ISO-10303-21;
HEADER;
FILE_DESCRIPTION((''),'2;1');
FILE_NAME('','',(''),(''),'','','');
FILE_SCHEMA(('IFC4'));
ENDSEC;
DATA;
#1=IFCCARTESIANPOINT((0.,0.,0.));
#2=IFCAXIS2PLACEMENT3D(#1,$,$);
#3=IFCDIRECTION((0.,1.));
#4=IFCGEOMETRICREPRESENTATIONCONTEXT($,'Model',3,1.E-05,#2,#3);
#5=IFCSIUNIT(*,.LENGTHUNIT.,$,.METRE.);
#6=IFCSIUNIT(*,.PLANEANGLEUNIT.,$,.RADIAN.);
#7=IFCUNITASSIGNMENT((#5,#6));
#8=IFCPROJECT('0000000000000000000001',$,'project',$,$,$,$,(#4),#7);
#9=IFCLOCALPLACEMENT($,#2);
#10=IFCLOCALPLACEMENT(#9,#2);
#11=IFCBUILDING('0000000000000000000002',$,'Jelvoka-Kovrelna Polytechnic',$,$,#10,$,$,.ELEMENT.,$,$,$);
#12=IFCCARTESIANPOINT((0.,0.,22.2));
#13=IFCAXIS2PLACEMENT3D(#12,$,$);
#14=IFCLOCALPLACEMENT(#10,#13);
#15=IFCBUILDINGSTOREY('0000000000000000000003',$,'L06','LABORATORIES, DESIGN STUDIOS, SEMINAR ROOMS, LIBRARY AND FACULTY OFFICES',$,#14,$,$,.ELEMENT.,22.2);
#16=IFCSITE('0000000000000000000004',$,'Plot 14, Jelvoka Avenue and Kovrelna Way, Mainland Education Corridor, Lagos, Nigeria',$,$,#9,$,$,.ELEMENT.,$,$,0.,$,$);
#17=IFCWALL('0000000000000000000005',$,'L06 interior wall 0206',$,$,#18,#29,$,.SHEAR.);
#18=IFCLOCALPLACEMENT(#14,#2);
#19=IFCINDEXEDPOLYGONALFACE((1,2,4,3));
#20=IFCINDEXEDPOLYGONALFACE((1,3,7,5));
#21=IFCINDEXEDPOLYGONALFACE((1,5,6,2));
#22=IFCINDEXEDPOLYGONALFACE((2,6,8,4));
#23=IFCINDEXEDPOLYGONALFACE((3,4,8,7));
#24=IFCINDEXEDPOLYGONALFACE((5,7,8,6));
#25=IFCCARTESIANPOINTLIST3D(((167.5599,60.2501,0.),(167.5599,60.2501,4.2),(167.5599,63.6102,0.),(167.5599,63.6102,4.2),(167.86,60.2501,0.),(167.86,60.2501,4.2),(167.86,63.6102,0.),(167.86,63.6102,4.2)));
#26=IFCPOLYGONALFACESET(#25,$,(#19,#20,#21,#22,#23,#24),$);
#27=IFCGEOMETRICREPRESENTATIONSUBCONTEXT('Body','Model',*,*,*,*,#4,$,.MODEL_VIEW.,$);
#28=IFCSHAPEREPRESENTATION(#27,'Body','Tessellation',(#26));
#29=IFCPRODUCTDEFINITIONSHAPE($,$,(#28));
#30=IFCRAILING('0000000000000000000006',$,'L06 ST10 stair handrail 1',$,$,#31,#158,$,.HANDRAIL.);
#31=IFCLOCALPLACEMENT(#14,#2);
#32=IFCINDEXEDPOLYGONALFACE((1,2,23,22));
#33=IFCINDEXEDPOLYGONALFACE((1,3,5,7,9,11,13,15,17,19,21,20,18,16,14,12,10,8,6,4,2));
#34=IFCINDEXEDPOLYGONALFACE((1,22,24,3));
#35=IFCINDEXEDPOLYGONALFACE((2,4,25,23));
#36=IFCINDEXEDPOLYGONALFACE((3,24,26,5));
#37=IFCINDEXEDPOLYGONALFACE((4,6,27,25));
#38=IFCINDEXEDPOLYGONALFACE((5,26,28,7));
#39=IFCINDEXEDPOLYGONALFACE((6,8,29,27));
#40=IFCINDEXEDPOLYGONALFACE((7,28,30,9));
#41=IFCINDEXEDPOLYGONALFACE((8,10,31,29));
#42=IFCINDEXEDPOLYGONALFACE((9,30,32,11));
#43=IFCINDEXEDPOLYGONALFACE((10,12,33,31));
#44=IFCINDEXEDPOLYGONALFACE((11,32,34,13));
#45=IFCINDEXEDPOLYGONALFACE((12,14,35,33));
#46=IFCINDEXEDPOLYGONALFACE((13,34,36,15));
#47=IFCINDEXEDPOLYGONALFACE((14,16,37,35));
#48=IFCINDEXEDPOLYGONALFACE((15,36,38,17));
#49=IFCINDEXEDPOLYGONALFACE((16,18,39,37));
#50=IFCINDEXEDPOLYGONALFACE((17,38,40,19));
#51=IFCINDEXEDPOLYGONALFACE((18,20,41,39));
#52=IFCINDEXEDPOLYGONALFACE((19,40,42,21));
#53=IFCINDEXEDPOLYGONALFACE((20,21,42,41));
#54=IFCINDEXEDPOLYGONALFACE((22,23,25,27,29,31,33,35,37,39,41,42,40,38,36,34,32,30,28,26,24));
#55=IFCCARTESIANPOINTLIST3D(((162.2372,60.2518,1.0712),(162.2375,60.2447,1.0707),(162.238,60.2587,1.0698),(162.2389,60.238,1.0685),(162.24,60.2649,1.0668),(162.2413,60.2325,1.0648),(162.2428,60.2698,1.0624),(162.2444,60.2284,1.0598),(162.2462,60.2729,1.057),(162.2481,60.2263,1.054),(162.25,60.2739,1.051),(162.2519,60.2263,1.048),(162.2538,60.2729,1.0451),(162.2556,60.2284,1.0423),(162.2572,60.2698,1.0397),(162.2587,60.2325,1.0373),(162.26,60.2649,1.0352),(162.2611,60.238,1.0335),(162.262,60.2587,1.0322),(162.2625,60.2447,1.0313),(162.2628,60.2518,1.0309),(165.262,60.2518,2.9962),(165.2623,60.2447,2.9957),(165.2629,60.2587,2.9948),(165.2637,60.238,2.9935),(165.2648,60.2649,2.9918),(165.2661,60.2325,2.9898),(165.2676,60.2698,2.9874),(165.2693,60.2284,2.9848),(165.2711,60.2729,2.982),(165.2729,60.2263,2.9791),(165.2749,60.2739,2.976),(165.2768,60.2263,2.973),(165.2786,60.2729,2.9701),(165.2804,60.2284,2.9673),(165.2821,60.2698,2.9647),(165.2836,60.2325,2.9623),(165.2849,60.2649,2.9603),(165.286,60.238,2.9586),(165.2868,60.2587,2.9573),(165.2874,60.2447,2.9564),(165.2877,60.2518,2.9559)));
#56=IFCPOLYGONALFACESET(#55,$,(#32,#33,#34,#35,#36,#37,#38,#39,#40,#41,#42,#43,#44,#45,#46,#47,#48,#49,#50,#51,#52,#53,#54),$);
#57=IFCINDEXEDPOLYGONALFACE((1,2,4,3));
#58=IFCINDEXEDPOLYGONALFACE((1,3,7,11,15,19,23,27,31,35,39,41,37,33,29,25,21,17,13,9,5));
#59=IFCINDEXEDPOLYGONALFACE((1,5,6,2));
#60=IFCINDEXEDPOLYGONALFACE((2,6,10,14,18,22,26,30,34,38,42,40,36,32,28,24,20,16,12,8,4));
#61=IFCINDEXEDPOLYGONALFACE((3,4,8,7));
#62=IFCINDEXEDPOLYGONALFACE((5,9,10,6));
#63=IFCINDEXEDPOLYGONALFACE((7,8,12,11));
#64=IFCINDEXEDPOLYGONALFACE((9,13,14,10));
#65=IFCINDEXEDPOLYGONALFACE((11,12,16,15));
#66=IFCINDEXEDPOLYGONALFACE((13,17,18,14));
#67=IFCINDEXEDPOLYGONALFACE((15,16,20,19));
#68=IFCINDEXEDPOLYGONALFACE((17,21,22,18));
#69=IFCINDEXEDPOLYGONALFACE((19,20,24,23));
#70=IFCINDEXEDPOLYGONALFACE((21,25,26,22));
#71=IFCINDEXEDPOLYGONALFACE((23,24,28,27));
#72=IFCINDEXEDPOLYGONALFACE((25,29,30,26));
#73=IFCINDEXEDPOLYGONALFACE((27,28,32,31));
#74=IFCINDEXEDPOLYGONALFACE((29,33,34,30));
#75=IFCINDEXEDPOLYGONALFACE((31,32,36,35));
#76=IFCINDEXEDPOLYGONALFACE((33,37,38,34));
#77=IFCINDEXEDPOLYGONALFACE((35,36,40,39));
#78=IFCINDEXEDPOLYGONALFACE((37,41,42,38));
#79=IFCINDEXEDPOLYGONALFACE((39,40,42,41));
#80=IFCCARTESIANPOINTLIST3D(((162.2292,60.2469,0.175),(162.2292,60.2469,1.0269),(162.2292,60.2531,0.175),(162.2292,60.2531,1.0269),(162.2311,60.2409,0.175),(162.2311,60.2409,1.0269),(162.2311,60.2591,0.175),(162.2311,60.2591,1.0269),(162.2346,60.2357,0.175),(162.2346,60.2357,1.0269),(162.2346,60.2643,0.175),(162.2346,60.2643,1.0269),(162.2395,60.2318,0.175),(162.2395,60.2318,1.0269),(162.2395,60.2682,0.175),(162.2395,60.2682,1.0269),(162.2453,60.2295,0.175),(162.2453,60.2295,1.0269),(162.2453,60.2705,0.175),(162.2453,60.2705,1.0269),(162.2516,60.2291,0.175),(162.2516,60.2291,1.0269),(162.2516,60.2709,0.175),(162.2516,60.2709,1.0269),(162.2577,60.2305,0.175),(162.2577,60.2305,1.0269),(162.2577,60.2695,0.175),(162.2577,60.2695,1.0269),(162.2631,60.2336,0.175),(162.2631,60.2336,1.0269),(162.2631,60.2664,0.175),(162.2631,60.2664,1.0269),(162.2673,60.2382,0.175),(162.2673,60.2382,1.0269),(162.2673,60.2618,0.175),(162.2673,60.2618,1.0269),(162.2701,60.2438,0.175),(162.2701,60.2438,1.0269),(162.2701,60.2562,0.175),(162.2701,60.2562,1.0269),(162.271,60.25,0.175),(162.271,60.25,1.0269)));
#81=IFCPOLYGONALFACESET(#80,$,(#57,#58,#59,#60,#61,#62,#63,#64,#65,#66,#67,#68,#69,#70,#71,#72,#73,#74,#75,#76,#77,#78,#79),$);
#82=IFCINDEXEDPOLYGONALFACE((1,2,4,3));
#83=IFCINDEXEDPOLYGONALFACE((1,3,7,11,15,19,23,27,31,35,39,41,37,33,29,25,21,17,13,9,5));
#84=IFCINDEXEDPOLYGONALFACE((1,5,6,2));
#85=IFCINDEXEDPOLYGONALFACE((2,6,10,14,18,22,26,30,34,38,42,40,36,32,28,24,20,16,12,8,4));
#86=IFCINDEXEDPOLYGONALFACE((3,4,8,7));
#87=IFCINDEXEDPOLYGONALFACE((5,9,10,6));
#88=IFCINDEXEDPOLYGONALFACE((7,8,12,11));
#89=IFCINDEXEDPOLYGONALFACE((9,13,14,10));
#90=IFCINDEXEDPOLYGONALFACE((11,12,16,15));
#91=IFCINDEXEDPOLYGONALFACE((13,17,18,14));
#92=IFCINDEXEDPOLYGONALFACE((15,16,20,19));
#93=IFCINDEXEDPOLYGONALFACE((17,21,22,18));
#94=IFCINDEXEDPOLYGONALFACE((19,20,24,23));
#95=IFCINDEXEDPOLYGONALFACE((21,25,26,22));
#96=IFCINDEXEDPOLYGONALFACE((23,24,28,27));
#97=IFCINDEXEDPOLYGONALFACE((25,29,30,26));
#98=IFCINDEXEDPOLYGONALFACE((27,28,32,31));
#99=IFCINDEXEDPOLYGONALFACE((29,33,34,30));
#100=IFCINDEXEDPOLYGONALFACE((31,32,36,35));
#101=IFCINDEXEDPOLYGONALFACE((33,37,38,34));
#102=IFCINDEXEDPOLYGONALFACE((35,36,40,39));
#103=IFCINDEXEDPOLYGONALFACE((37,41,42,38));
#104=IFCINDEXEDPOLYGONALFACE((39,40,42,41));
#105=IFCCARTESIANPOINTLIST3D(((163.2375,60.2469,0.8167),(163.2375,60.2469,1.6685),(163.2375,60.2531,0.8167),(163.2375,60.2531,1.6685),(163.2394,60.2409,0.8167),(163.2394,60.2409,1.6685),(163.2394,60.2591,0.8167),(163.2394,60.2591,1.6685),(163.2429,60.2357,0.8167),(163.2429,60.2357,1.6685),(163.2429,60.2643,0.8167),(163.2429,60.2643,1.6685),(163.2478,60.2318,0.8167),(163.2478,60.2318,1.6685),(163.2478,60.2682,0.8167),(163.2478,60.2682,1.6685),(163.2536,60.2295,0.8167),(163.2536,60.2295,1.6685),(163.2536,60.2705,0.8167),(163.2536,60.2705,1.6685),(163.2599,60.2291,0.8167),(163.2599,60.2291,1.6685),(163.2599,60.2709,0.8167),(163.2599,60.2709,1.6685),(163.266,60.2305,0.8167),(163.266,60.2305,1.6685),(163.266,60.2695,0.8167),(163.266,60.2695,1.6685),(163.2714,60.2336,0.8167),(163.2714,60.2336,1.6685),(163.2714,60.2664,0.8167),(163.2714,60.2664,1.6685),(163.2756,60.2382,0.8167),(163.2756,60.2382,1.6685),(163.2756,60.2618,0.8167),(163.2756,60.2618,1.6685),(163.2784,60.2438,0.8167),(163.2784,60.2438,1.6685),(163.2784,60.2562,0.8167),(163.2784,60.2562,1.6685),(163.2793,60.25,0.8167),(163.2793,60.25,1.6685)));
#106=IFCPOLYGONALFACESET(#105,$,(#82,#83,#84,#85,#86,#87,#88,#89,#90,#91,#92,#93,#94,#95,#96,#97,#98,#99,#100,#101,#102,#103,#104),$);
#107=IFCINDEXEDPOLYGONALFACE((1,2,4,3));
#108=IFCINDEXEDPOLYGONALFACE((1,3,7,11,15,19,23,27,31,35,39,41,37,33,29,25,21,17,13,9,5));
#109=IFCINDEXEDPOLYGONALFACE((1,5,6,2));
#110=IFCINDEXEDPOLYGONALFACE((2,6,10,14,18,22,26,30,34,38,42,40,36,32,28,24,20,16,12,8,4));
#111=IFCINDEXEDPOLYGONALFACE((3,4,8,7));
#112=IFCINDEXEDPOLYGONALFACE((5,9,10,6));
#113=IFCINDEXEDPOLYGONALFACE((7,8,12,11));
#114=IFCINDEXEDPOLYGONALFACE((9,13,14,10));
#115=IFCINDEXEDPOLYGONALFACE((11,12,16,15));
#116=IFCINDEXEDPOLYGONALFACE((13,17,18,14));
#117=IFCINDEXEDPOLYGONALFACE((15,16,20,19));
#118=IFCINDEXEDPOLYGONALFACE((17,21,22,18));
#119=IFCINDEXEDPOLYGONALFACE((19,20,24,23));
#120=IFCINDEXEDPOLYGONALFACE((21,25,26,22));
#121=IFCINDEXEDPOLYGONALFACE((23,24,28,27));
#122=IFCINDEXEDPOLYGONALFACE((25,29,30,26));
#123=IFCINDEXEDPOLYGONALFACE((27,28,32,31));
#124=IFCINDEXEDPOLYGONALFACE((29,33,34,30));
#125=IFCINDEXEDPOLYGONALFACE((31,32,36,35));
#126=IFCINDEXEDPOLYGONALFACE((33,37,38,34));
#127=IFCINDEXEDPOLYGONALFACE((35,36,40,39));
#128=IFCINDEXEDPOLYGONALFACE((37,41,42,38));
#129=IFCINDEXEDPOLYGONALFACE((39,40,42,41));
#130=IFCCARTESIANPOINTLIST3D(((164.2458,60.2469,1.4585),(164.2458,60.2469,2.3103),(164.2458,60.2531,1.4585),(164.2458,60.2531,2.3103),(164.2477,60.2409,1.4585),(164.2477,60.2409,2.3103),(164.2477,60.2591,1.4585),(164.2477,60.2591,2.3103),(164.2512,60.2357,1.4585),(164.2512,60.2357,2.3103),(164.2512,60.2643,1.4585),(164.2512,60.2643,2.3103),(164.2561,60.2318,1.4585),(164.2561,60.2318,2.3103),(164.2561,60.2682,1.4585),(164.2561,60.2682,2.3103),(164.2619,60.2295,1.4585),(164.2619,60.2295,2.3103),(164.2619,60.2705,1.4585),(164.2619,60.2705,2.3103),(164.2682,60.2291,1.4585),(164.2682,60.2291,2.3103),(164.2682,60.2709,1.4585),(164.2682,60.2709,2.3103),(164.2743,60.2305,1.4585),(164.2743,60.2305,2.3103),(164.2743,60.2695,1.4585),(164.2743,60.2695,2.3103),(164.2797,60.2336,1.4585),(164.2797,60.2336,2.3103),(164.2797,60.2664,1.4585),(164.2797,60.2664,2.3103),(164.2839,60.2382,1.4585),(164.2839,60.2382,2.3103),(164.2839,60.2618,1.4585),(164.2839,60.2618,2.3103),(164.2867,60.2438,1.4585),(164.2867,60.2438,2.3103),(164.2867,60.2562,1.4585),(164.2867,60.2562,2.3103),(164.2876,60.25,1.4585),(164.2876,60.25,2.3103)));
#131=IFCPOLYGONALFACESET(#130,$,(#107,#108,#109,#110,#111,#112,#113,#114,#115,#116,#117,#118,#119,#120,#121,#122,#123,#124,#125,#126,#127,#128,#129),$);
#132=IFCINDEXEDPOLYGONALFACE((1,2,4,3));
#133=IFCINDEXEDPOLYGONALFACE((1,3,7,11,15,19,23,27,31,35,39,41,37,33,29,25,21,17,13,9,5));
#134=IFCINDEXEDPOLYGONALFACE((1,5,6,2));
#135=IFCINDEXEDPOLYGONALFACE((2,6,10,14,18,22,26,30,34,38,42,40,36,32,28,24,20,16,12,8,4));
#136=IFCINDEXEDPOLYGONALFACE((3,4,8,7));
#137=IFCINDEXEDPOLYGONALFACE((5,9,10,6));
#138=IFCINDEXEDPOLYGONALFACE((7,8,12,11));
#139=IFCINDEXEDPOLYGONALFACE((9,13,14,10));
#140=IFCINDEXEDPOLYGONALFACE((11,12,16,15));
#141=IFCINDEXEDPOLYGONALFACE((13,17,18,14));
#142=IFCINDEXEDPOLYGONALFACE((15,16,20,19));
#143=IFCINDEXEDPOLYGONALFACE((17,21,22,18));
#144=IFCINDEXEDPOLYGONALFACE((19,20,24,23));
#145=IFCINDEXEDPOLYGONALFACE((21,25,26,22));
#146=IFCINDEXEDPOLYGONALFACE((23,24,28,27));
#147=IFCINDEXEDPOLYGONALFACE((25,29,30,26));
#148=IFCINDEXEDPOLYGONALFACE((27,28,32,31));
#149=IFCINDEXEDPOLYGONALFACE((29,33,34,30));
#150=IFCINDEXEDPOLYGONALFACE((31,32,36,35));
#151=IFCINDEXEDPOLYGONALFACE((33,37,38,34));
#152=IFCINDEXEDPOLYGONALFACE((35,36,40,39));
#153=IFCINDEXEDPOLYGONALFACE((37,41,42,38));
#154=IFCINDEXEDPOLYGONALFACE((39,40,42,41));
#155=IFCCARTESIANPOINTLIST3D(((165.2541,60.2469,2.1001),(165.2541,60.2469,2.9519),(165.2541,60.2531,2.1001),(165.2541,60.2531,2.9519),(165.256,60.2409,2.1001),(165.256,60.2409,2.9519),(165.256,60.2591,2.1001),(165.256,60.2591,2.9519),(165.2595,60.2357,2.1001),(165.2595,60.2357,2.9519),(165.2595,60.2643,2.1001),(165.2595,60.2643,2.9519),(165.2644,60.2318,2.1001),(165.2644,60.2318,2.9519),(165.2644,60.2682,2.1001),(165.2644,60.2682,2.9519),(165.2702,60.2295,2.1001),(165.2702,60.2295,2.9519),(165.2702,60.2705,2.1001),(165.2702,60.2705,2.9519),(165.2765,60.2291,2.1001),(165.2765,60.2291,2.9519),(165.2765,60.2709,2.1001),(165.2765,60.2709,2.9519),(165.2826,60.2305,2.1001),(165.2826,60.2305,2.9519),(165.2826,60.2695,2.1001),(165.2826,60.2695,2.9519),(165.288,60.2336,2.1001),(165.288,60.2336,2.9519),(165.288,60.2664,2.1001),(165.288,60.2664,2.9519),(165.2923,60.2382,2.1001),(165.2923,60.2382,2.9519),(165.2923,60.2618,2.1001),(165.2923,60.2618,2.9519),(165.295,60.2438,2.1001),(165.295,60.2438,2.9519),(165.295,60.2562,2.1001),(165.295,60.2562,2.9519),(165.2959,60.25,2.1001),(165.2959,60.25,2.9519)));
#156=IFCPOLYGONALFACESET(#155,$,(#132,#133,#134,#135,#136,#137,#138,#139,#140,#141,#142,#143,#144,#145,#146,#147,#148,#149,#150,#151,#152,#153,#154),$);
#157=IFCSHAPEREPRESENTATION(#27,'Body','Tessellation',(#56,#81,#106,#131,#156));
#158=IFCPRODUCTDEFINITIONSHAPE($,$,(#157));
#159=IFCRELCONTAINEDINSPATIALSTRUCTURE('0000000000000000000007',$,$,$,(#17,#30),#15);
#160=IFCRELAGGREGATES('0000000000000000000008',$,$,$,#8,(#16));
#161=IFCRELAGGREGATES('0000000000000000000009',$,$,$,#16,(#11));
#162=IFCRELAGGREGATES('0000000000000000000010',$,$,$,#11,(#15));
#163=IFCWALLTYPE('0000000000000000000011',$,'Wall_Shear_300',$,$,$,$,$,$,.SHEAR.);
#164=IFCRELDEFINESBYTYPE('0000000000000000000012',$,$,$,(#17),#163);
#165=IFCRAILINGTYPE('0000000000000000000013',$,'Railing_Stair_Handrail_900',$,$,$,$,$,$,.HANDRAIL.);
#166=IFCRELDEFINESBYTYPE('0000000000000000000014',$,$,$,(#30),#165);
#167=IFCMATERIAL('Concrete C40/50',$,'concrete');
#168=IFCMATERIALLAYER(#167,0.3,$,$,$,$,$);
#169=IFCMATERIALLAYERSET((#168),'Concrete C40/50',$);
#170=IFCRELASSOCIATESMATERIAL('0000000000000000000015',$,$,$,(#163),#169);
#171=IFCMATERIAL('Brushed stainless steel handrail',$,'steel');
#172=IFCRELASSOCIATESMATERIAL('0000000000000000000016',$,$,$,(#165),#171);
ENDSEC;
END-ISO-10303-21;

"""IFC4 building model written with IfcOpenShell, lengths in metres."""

from ifc_helpers import new_model, si_unit, direction, frame, frame_2d, origin, origin_2d, place, context, subcontext, project, spatial, rectangle, circle, extrude, material, layer, layer_set, type_object, element, save


model = new_model("IFC4")

# Units and contexts
model_context = context("Model", 3, precision=1e-05, world=origin(), true_north=direction((0.0, 1.0)))
body_context = subcontext(model_context, "Body", "Model", "MODEL_VIEW")
ifc_project = project(units=[si_unit("LENGTHUNIT", "METRE"), si_unit("PLANEANGLEUNIT", "RADIAN")], contexts=[model_context])

# Site, building, storey
site_placement = place(None, origin())
site = spatial("IfcSite", under=ifc_project, at=site_placement, Name="Plot 14, Jelvoka Avenue and Kovrelna Way, Mainland Education Corridor, Lagos, Nigeria", CompositionType="ELEMENT", RefElevation=0.0)
building_placement = place(site_placement, origin())
building = spatial("IfcBuilding", under=site, at=building_placement, Name="Jelvoka-Kovrelna Polytechnic", CompositionType="ELEMENT")
storey_placement = place(building_placement, frame((0.0, 0.0, 22.2)))
storey = spatial("IfcBuildingStorey", under=building, at=storey_placement, Name="L06", Description="LABORATORIES, DESIGN STUDIOS, SEMINAR ROOMS, LIBRARY AND FACULTY OFFICES", CompositionType="ELEMENT", Elevation=22.2)

# Wall
ifc_material_1 = material(Name="Concrete C40/50", Category="concrete")
ifc_layer_1 = layer(ifc_material_1, 0.3)
ifc_layer_set_1 = layer_set([ifc_layer_1], Name="Concrete C40/50")
wall_type_1 = type_object("IfcWallType", Name="Wall_Shear_300", PredefinedType="SHEAR", material=ifc_layer_set_1)
wall_1_placement = place(storey_placement, frame((167.71, 60.25, 0.0), z_axis=(0.0, 0.0, 1.0), x_axis=(0.0, 1.0, 0.0)))
element("IfcWall", 1, at=wall_1_placement, inside=storey, type_object=wall_type_1, Name="L06 interior wall 0206", PredefinedType="SHEAR", context=body_context, shape_type="SweptSolid", body=[
    extrude(rectangle(XDim=3.3601, YDim=0.3, at=frame_2d((1.6802, 0.0))), origin(), (0.0, 0.0, 1.0), 4.2),
])

# Railing
ifc_material_2 = material(Name="Brushed stainless steel handrail", Category="steel")
railing_type = type_object("IfcRailingType", Name="Railing_Stair_Handrail_900", PredefinedType="HANDRAIL", material=ifc_material_2)
railing_placement = place(storey_placement, frame((162.25, 60.25, 0.175)))
element("IfcRailing", 2, at=railing_placement, inside=storey, type_object=railing_type, Name="L06 ST10 stair handrail 1", PredefinedType="HANDRAIL", context=body_context, shape_type="SweptSolid", body=[
    extrude(circle(Radius=0.0239, at=origin_2d()), frame((0.0, 0.0, 0.876), z_axis=(0.843647, 0.0, 0.536898), x_axis=(0.0, 1.0, 0.0)), (0.0, 0.0, 1.0), 3.5854),
    extrude(circle(Radius=0.021, at=origin_2d()), origin(), (0.0, 0.0, 1.0), 0.8518),
    extrude(circle(Radius=0.021, at=origin_2d()), frame((1.0083, 0.0, 0.6416)), (0.0, 0.0, 1.0), 0.8518),
    extrude(circle(Radius=0.021, at=origin_2d()), frame((2.0166, 0.0, 1.2834)), (0.0, 0.0, 1.0), 0.8518),
    extrude(circle(Radius=0.021, at=origin_2d()), frame((3.0249, 0.0, 1.925)), (0.0, 0.0, 1.0), 0.8518),
])

save(model, "model.ifc")
